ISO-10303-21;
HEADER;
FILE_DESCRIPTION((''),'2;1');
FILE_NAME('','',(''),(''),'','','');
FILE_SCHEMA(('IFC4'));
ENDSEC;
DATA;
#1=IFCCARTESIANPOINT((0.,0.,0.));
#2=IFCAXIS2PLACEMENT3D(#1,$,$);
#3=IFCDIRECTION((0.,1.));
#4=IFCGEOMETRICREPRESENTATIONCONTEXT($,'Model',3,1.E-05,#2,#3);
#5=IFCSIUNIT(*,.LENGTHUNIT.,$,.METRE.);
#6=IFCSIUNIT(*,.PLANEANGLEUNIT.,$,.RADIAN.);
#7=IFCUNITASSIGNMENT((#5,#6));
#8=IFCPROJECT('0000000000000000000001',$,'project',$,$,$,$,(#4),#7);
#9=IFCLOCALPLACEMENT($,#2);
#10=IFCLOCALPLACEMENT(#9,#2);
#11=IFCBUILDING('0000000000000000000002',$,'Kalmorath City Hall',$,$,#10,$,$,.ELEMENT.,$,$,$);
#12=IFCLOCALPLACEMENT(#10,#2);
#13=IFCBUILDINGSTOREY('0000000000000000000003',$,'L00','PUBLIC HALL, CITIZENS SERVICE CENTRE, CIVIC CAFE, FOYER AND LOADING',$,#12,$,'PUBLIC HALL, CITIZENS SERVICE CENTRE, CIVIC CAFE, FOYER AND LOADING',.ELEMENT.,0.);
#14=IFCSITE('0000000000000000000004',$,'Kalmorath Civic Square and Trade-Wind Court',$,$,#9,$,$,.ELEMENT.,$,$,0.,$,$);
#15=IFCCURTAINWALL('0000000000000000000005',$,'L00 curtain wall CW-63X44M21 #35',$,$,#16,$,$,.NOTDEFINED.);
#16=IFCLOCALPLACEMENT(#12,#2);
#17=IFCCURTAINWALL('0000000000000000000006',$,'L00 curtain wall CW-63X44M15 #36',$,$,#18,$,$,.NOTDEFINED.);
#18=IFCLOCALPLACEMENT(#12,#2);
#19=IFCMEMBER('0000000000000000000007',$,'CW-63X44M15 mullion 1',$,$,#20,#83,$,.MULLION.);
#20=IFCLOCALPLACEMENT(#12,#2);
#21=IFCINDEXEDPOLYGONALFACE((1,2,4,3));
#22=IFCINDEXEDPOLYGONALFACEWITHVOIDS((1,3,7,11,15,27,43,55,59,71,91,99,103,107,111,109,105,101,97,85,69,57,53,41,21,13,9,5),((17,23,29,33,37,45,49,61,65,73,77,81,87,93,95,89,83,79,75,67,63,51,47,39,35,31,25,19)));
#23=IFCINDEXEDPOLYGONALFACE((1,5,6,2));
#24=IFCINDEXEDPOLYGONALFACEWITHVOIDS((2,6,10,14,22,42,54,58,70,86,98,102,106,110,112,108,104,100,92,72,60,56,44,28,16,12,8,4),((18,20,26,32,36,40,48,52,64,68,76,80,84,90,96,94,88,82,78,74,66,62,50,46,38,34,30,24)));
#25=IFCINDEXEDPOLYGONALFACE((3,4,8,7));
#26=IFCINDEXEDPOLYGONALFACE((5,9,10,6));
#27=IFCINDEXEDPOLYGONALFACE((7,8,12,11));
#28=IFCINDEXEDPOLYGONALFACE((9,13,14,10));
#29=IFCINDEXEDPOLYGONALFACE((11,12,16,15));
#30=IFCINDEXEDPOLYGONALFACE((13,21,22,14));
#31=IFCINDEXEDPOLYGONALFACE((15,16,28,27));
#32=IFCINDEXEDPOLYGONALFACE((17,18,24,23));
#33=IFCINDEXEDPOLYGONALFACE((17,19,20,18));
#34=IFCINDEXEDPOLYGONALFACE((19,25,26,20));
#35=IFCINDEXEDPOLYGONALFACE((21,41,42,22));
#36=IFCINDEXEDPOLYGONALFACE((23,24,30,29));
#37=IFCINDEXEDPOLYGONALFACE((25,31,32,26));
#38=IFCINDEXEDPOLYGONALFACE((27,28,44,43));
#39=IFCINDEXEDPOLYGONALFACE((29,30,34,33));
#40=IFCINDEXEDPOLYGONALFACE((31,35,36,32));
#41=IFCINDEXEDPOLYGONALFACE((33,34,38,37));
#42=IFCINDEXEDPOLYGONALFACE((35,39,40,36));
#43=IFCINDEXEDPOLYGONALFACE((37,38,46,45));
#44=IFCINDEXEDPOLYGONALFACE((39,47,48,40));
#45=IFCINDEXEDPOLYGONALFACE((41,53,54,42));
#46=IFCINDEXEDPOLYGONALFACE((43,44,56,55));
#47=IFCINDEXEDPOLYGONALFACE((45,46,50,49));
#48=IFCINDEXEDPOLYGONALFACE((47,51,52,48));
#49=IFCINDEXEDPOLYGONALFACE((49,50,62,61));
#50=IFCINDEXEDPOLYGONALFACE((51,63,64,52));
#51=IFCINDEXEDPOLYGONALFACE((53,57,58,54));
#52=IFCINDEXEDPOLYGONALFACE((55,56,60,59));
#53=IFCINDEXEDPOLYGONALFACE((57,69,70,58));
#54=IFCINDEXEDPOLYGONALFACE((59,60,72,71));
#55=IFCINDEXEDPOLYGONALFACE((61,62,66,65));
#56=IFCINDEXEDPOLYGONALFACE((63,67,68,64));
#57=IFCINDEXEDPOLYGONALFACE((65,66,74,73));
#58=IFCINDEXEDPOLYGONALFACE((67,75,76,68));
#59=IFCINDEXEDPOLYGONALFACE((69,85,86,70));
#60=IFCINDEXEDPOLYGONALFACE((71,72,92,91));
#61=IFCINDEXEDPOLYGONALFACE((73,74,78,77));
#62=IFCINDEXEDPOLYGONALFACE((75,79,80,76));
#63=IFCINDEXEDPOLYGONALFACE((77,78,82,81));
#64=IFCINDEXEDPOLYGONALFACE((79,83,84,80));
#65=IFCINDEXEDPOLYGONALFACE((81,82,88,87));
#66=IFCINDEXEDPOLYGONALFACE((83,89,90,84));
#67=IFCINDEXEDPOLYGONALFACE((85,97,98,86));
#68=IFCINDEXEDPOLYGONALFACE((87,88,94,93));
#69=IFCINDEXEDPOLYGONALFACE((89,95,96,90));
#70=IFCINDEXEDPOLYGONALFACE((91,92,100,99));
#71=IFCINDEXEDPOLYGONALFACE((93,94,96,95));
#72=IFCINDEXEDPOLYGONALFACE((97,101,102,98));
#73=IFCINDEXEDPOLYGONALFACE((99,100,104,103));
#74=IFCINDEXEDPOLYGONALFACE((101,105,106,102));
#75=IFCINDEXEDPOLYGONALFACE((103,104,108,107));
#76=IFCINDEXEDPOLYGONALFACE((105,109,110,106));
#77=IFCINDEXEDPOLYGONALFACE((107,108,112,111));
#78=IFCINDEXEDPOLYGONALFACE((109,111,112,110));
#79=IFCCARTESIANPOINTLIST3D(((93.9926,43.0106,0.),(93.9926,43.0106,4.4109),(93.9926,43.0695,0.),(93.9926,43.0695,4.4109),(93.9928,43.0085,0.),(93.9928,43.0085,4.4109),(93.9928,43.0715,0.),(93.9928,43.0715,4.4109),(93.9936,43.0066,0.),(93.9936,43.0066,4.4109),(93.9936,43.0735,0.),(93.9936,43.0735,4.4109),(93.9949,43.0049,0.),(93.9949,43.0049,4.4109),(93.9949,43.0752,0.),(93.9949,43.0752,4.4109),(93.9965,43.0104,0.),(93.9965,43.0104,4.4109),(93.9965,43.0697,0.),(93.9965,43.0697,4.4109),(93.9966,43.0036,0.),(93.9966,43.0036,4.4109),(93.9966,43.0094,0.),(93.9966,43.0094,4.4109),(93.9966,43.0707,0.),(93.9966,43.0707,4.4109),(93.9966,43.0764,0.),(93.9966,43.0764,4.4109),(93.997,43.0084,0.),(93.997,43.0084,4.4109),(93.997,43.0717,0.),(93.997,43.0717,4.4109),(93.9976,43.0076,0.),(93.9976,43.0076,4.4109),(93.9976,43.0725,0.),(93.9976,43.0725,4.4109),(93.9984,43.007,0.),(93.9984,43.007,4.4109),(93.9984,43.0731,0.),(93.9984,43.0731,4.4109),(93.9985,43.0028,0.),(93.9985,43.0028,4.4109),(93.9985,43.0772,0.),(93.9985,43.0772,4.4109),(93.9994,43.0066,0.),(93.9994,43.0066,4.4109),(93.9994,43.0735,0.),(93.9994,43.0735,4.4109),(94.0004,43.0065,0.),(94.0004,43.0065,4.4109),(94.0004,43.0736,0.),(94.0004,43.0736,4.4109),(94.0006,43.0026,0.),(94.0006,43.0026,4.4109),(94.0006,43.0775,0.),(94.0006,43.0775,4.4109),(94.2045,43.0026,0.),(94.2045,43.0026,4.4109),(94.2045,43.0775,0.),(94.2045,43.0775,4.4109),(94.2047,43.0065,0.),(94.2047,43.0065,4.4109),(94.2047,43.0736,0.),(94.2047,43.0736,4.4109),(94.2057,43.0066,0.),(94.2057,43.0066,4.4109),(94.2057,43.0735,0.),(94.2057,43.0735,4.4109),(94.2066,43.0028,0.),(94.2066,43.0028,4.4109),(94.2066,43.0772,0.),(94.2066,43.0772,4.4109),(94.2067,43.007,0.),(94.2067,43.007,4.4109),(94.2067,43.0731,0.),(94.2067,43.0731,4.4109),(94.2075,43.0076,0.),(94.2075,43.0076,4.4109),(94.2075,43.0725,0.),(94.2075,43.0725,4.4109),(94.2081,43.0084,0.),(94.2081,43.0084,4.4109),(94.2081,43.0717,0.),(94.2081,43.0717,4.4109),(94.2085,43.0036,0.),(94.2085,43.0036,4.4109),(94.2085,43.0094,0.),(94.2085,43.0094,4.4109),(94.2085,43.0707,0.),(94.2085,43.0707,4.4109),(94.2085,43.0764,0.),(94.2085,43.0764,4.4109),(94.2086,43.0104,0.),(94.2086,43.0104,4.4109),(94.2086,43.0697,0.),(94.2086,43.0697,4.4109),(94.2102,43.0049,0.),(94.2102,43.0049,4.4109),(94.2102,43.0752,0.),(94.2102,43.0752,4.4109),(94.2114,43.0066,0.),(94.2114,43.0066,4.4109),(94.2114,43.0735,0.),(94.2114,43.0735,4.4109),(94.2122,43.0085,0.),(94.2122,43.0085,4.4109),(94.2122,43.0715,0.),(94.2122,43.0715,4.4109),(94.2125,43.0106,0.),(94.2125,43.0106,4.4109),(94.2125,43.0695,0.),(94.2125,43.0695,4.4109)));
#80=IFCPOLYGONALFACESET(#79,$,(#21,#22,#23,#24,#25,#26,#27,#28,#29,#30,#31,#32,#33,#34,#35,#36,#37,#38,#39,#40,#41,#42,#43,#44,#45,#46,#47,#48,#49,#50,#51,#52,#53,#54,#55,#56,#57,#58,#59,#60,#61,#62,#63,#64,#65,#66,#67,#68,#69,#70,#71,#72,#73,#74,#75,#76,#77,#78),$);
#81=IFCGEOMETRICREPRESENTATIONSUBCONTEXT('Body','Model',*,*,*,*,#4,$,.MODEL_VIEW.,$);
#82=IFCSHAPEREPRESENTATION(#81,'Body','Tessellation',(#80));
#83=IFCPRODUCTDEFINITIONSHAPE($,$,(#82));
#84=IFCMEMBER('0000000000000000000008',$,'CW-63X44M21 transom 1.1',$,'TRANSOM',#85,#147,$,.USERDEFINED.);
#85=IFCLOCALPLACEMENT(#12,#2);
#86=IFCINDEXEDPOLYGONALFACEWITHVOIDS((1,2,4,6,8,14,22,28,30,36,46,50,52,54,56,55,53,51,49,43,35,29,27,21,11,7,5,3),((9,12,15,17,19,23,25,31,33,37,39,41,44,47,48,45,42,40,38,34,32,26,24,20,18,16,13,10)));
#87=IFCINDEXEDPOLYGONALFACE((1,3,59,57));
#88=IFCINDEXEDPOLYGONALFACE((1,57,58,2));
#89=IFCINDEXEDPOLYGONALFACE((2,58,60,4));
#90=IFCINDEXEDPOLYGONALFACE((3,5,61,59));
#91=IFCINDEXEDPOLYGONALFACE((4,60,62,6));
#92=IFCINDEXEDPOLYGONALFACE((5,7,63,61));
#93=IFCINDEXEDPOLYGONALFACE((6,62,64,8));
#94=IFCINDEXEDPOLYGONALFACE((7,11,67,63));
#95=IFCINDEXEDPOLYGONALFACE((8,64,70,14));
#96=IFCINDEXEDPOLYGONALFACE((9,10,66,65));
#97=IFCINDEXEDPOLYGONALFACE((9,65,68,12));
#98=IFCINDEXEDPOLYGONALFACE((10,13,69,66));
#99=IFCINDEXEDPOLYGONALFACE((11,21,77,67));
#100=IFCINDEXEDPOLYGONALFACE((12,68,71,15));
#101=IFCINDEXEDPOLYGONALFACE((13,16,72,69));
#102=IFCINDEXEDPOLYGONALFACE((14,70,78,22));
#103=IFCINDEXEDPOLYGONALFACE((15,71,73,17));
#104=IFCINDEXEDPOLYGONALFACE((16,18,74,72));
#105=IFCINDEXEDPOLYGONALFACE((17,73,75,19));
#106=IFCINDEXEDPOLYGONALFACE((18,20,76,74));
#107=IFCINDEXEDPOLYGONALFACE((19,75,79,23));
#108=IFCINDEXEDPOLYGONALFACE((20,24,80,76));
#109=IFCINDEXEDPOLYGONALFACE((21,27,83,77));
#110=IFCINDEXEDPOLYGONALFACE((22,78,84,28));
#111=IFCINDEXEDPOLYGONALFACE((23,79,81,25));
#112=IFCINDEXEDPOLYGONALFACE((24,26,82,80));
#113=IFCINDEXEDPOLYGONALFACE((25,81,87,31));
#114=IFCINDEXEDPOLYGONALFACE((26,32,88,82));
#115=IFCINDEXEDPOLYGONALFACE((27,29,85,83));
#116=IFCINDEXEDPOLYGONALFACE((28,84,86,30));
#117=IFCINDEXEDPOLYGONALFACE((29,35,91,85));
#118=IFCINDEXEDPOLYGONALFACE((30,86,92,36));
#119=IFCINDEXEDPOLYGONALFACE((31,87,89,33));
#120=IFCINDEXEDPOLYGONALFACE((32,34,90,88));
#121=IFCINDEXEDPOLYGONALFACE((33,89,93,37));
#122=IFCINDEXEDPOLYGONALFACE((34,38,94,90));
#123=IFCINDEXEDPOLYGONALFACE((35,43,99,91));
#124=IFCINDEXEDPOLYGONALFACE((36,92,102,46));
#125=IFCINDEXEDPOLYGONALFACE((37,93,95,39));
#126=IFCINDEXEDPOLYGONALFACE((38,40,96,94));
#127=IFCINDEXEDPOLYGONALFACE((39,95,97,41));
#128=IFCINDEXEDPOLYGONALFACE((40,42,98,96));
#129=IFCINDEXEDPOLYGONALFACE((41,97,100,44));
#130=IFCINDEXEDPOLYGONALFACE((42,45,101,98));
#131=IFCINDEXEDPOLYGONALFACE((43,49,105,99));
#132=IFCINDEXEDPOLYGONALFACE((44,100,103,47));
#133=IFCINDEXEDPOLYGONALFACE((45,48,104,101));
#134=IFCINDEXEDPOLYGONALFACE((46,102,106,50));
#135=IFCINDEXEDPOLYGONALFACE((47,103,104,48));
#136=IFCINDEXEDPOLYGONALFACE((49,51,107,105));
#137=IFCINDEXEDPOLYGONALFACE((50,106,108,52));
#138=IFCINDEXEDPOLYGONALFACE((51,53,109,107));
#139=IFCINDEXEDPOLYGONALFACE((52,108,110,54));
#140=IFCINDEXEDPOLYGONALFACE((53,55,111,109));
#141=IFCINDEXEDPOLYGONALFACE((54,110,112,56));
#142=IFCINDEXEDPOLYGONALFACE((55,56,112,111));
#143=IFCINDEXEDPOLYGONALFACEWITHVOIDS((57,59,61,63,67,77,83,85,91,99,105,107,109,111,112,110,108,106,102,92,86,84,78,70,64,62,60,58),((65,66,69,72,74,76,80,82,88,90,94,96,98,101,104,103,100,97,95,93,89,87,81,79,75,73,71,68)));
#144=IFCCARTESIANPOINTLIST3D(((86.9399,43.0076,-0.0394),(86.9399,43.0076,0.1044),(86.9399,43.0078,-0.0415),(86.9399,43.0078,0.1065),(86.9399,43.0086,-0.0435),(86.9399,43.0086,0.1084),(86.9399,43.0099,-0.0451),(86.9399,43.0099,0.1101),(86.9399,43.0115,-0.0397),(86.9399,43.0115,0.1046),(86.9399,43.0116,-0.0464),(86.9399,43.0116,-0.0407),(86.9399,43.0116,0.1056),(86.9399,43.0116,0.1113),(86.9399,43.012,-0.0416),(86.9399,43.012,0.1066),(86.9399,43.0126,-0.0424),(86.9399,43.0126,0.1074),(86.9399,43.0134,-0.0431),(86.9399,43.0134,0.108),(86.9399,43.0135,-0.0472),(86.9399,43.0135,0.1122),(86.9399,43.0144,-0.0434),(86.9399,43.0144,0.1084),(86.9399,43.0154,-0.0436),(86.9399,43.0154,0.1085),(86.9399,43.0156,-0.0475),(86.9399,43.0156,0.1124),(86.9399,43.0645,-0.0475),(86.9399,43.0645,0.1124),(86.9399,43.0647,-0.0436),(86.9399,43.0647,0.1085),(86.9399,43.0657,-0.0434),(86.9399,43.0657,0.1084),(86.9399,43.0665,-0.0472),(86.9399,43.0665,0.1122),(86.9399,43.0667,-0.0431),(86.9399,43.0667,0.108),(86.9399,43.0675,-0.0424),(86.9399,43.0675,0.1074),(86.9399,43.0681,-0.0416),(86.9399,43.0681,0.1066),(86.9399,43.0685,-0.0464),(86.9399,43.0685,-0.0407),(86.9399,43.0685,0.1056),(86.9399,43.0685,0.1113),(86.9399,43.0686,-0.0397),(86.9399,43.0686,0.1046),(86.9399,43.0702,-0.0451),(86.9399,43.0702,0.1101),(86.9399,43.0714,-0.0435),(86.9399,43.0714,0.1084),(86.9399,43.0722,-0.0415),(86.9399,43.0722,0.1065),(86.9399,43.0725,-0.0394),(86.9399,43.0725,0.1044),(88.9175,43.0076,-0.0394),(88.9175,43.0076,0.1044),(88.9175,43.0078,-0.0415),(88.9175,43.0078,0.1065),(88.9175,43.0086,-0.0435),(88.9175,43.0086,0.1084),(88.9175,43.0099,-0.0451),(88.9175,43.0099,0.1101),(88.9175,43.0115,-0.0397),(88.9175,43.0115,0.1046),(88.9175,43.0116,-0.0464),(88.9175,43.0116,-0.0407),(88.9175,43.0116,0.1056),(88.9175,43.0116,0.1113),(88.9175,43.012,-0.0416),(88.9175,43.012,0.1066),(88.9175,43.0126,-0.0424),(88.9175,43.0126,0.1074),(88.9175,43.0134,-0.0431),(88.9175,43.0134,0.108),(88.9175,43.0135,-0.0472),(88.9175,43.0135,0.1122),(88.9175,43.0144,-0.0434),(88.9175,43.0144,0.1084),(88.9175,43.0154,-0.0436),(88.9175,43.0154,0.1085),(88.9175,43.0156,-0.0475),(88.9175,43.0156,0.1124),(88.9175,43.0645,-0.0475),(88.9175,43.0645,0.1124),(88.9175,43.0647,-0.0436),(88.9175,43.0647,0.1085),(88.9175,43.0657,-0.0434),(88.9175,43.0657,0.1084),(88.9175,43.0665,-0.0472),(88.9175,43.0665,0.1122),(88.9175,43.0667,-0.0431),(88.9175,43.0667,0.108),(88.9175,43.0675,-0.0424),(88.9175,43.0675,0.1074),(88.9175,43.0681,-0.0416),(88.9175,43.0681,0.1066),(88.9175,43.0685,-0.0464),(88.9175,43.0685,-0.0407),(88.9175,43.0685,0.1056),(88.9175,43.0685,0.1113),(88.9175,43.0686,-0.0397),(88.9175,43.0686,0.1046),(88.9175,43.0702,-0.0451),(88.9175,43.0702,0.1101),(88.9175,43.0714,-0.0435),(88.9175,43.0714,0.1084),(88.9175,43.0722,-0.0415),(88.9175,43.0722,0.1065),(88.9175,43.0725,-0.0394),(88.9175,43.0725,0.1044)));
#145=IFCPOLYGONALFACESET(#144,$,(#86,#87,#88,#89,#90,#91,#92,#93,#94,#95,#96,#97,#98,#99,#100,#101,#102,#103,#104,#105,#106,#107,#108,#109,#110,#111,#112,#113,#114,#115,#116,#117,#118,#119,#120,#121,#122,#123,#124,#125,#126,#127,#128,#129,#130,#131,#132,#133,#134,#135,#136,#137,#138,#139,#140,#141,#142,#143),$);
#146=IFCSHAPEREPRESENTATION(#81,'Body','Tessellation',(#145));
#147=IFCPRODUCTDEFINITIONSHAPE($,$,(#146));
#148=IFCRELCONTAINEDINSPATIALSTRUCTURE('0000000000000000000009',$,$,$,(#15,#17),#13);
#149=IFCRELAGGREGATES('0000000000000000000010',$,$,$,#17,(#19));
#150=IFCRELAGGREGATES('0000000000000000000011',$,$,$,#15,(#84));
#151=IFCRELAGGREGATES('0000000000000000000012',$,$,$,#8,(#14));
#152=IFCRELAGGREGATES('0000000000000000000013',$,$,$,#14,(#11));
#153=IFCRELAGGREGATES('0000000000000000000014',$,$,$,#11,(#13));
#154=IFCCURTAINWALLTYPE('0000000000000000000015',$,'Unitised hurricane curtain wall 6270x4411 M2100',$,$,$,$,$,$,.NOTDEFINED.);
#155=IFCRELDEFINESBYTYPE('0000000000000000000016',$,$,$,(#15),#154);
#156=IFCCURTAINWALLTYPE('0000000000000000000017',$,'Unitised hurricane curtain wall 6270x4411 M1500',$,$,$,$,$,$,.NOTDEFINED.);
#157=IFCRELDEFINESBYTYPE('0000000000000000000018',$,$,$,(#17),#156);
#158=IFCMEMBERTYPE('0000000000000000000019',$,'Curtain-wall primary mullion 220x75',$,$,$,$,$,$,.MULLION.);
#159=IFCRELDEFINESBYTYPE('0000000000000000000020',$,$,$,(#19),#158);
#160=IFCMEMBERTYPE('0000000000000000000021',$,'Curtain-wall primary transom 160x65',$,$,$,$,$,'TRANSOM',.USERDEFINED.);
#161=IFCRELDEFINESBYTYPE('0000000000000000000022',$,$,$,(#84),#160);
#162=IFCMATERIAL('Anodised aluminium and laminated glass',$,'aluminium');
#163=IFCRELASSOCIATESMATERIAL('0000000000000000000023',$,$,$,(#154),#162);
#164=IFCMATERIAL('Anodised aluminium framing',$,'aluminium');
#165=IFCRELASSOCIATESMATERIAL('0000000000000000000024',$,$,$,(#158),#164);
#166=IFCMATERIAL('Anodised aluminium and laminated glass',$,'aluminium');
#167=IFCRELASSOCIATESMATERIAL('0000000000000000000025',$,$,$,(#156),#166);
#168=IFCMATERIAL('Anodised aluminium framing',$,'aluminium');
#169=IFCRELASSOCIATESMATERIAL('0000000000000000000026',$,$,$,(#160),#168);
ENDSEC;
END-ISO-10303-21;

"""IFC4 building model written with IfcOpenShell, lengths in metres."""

from ifc_helpers import new_model, si_unit, direction, frame, origin, origin_2d, place, context, subcontext, project, spatial, hollow_rectangle, extrude, material, material_profile, profile_set, type_object, element, aggregate, save


model = new_model("IFC4")

# Units and contexts
model_context = context("Model", 3, precision=1e-05, world=origin(), true_north=direction((0.0, 1.0)))
body_context = subcontext(model_context, "Body", "Model", "MODEL_VIEW")
ifc_project = project(units=[si_unit("LENGTHUNIT", "METRE"), si_unit("PLANEANGLEUNIT", "RADIAN")], contexts=[model_context])

# Site, building, storey
site_placement = place(None, origin())
site = spatial("IfcSite", under=ifc_project, at=site_placement, Name="Kalmorath Civic Square and Trade-Wind Court", CompositionType="ELEMENT", RefElevation=0.0)
building_placement = place(site_placement, origin())
building = spatial("IfcBuilding", under=site, at=building_placement, Name="Kalmorath City Hall", CompositionType="ELEMENT")
storey_placement = place(building_placement, origin())
storey = spatial("IfcBuildingStorey", under=building, at=storey_placement, Name="L00", Description="PUBLIC HALL, CITIZENS SERVICE CENTRE, CIVIC CAFE, FOYER AND LOADING", LongName="PUBLIC HALL, CITIZENS SERVICE CENTRE, CIVIC CAFE, FOYER AND LOADING", CompositionType="ELEMENT", Elevation=0.0)

# Curtain wall
ifc_material_1 = material(Name="Anodised aluminium and laminated glass", Category="aluminium")
curtain_wall_type_1 = type_object("IfcCurtainWallType", Name="Unitised hurricane curtain wall 6270x4411 M2100", PredefinedType="NOTDEFINED", material=ifc_material_1)
curtain_wall_1_placement = place(storey_placement, origin())
curtain_wall_1 = element("IfcCurtainWall", 1, at=curtain_wall_1_placement, inside=storey, type_object=curtain_wall_type_1, Name="L00 curtain wall CW-63X44M21 #35", PredefinedType="NOTDEFINED")
ifc_material_2 = material(Name="Anodised aluminium framing", Category="aluminium")
ifc_material_profile_1 = material_profile(ifc_material_2, hollow_rectangle(XDim=0.075, YDim=0.22, WallThickness=0.0039, InnerFilletRadius=0.0039, OuterFilletRadius=0.0081, at=origin_2d()), Name="ALU-MUL-220X75X4")
ifc_profile_set_1 = profile_set([ifc_material_profile_1], Name="Anodised aluminium framing")
member_type_1 = type_object("IfcMemberType", Name="Curtain-wall primary mullion 220x75", PredefinedType="MULLION", material=ifc_profile_set_1)

# Curtain wall, member
ifc_material_3 = material(Name="Anodised aluminium and laminated glass", Category="aluminium")
curtain_wall_type_2 = type_object("IfcCurtainWallType", Name="Unitised hurricane curtain wall 6270x4411 M1500", PredefinedType="NOTDEFINED", material=ifc_material_3)
curtain_wall_2_placement = place(storey_placement, origin())
curtain_wall_2 = element("IfcCurtainWall", 2, at=curtain_wall_2_placement, inside=storey, type_object=curtain_wall_type_2, Name="L00 curtain wall CW-63X44M15 #36", PredefinedType="NOTDEFINED")
member_1_placement = place(storey_placement, frame((94.1025, 43.04, 0.0), z_axis=(0.0, 0.0, 1.0), x_axis=(0.0, 1.0, 0.0)))
member_1 = element("IfcMember", 3, at=member_1_placement, type_object=member_type_1, Name="CW-63X44M15 mullion 1", PredefinedType="MULLION", context=body_context, shape_type="SweptSolid", body=[
    extrude(hollow_rectangle(XDim=0.075, YDim=0.22, WallThickness=0.0039, InnerFilletRadius=0.0039, OuterFilletRadius=0.0081, at=origin_2d()), origin(), (0.0, 0.0, 1.0), 4.4109),
])
aggregate(curtain_wall_2, [member_1])

# Member
ifc_material_4 = material(Name="Anodised aluminium framing", Category="aluminium")
ifc_material_profile_2 = material_profile(ifc_material_4, hollow_rectangle(XDim=0.0649, YDim=0.1599, WallThickness=0.0039, InnerFilletRadius=0.0039, OuterFilletRadius=0.0081, at=origin_2d()), Name="ALU-TRN-160X65X4")
ifc_profile_set_2 = profile_set([ifc_material_profile_2], Name="Anodised aluminium framing")
member_type_2 = type_object("IfcMemberType", Name="Curtain-wall primary transom 160x65", ElementType="TRANSOM", PredefinedType="USERDEFINED", material=ifc_profile_set_2)
member_2_placement = place(storey_placement, frame((86.9399, 43.04, 0.0325), z_axis=(1.0, 0.0, 0.0), x_axis=(0.0, 1.0, 0.0)))
member_2 = element("IfcMember", 4, at=member_2_placement, type_object=member_type_2, Name="CW-63X44M21 transom 1.1", ObjectType="TRANSOM", PredefinedType="USERDEFINED", context=body_context, shape_type="SweptSolid", body=[
    extrude(hollow_rectangle(XDim=0.0649, YDim=0.1599, WallThickness=0.0039, InnerFilletRadius=0.0039, OuterFilletRadius=0.0081, at=origin_2d()), origin(), (0.0, 0.0, 1.0), 1.9775),
])

aggregate(curtain_wall_1, [member_2])

save(model, "model.ifc")
